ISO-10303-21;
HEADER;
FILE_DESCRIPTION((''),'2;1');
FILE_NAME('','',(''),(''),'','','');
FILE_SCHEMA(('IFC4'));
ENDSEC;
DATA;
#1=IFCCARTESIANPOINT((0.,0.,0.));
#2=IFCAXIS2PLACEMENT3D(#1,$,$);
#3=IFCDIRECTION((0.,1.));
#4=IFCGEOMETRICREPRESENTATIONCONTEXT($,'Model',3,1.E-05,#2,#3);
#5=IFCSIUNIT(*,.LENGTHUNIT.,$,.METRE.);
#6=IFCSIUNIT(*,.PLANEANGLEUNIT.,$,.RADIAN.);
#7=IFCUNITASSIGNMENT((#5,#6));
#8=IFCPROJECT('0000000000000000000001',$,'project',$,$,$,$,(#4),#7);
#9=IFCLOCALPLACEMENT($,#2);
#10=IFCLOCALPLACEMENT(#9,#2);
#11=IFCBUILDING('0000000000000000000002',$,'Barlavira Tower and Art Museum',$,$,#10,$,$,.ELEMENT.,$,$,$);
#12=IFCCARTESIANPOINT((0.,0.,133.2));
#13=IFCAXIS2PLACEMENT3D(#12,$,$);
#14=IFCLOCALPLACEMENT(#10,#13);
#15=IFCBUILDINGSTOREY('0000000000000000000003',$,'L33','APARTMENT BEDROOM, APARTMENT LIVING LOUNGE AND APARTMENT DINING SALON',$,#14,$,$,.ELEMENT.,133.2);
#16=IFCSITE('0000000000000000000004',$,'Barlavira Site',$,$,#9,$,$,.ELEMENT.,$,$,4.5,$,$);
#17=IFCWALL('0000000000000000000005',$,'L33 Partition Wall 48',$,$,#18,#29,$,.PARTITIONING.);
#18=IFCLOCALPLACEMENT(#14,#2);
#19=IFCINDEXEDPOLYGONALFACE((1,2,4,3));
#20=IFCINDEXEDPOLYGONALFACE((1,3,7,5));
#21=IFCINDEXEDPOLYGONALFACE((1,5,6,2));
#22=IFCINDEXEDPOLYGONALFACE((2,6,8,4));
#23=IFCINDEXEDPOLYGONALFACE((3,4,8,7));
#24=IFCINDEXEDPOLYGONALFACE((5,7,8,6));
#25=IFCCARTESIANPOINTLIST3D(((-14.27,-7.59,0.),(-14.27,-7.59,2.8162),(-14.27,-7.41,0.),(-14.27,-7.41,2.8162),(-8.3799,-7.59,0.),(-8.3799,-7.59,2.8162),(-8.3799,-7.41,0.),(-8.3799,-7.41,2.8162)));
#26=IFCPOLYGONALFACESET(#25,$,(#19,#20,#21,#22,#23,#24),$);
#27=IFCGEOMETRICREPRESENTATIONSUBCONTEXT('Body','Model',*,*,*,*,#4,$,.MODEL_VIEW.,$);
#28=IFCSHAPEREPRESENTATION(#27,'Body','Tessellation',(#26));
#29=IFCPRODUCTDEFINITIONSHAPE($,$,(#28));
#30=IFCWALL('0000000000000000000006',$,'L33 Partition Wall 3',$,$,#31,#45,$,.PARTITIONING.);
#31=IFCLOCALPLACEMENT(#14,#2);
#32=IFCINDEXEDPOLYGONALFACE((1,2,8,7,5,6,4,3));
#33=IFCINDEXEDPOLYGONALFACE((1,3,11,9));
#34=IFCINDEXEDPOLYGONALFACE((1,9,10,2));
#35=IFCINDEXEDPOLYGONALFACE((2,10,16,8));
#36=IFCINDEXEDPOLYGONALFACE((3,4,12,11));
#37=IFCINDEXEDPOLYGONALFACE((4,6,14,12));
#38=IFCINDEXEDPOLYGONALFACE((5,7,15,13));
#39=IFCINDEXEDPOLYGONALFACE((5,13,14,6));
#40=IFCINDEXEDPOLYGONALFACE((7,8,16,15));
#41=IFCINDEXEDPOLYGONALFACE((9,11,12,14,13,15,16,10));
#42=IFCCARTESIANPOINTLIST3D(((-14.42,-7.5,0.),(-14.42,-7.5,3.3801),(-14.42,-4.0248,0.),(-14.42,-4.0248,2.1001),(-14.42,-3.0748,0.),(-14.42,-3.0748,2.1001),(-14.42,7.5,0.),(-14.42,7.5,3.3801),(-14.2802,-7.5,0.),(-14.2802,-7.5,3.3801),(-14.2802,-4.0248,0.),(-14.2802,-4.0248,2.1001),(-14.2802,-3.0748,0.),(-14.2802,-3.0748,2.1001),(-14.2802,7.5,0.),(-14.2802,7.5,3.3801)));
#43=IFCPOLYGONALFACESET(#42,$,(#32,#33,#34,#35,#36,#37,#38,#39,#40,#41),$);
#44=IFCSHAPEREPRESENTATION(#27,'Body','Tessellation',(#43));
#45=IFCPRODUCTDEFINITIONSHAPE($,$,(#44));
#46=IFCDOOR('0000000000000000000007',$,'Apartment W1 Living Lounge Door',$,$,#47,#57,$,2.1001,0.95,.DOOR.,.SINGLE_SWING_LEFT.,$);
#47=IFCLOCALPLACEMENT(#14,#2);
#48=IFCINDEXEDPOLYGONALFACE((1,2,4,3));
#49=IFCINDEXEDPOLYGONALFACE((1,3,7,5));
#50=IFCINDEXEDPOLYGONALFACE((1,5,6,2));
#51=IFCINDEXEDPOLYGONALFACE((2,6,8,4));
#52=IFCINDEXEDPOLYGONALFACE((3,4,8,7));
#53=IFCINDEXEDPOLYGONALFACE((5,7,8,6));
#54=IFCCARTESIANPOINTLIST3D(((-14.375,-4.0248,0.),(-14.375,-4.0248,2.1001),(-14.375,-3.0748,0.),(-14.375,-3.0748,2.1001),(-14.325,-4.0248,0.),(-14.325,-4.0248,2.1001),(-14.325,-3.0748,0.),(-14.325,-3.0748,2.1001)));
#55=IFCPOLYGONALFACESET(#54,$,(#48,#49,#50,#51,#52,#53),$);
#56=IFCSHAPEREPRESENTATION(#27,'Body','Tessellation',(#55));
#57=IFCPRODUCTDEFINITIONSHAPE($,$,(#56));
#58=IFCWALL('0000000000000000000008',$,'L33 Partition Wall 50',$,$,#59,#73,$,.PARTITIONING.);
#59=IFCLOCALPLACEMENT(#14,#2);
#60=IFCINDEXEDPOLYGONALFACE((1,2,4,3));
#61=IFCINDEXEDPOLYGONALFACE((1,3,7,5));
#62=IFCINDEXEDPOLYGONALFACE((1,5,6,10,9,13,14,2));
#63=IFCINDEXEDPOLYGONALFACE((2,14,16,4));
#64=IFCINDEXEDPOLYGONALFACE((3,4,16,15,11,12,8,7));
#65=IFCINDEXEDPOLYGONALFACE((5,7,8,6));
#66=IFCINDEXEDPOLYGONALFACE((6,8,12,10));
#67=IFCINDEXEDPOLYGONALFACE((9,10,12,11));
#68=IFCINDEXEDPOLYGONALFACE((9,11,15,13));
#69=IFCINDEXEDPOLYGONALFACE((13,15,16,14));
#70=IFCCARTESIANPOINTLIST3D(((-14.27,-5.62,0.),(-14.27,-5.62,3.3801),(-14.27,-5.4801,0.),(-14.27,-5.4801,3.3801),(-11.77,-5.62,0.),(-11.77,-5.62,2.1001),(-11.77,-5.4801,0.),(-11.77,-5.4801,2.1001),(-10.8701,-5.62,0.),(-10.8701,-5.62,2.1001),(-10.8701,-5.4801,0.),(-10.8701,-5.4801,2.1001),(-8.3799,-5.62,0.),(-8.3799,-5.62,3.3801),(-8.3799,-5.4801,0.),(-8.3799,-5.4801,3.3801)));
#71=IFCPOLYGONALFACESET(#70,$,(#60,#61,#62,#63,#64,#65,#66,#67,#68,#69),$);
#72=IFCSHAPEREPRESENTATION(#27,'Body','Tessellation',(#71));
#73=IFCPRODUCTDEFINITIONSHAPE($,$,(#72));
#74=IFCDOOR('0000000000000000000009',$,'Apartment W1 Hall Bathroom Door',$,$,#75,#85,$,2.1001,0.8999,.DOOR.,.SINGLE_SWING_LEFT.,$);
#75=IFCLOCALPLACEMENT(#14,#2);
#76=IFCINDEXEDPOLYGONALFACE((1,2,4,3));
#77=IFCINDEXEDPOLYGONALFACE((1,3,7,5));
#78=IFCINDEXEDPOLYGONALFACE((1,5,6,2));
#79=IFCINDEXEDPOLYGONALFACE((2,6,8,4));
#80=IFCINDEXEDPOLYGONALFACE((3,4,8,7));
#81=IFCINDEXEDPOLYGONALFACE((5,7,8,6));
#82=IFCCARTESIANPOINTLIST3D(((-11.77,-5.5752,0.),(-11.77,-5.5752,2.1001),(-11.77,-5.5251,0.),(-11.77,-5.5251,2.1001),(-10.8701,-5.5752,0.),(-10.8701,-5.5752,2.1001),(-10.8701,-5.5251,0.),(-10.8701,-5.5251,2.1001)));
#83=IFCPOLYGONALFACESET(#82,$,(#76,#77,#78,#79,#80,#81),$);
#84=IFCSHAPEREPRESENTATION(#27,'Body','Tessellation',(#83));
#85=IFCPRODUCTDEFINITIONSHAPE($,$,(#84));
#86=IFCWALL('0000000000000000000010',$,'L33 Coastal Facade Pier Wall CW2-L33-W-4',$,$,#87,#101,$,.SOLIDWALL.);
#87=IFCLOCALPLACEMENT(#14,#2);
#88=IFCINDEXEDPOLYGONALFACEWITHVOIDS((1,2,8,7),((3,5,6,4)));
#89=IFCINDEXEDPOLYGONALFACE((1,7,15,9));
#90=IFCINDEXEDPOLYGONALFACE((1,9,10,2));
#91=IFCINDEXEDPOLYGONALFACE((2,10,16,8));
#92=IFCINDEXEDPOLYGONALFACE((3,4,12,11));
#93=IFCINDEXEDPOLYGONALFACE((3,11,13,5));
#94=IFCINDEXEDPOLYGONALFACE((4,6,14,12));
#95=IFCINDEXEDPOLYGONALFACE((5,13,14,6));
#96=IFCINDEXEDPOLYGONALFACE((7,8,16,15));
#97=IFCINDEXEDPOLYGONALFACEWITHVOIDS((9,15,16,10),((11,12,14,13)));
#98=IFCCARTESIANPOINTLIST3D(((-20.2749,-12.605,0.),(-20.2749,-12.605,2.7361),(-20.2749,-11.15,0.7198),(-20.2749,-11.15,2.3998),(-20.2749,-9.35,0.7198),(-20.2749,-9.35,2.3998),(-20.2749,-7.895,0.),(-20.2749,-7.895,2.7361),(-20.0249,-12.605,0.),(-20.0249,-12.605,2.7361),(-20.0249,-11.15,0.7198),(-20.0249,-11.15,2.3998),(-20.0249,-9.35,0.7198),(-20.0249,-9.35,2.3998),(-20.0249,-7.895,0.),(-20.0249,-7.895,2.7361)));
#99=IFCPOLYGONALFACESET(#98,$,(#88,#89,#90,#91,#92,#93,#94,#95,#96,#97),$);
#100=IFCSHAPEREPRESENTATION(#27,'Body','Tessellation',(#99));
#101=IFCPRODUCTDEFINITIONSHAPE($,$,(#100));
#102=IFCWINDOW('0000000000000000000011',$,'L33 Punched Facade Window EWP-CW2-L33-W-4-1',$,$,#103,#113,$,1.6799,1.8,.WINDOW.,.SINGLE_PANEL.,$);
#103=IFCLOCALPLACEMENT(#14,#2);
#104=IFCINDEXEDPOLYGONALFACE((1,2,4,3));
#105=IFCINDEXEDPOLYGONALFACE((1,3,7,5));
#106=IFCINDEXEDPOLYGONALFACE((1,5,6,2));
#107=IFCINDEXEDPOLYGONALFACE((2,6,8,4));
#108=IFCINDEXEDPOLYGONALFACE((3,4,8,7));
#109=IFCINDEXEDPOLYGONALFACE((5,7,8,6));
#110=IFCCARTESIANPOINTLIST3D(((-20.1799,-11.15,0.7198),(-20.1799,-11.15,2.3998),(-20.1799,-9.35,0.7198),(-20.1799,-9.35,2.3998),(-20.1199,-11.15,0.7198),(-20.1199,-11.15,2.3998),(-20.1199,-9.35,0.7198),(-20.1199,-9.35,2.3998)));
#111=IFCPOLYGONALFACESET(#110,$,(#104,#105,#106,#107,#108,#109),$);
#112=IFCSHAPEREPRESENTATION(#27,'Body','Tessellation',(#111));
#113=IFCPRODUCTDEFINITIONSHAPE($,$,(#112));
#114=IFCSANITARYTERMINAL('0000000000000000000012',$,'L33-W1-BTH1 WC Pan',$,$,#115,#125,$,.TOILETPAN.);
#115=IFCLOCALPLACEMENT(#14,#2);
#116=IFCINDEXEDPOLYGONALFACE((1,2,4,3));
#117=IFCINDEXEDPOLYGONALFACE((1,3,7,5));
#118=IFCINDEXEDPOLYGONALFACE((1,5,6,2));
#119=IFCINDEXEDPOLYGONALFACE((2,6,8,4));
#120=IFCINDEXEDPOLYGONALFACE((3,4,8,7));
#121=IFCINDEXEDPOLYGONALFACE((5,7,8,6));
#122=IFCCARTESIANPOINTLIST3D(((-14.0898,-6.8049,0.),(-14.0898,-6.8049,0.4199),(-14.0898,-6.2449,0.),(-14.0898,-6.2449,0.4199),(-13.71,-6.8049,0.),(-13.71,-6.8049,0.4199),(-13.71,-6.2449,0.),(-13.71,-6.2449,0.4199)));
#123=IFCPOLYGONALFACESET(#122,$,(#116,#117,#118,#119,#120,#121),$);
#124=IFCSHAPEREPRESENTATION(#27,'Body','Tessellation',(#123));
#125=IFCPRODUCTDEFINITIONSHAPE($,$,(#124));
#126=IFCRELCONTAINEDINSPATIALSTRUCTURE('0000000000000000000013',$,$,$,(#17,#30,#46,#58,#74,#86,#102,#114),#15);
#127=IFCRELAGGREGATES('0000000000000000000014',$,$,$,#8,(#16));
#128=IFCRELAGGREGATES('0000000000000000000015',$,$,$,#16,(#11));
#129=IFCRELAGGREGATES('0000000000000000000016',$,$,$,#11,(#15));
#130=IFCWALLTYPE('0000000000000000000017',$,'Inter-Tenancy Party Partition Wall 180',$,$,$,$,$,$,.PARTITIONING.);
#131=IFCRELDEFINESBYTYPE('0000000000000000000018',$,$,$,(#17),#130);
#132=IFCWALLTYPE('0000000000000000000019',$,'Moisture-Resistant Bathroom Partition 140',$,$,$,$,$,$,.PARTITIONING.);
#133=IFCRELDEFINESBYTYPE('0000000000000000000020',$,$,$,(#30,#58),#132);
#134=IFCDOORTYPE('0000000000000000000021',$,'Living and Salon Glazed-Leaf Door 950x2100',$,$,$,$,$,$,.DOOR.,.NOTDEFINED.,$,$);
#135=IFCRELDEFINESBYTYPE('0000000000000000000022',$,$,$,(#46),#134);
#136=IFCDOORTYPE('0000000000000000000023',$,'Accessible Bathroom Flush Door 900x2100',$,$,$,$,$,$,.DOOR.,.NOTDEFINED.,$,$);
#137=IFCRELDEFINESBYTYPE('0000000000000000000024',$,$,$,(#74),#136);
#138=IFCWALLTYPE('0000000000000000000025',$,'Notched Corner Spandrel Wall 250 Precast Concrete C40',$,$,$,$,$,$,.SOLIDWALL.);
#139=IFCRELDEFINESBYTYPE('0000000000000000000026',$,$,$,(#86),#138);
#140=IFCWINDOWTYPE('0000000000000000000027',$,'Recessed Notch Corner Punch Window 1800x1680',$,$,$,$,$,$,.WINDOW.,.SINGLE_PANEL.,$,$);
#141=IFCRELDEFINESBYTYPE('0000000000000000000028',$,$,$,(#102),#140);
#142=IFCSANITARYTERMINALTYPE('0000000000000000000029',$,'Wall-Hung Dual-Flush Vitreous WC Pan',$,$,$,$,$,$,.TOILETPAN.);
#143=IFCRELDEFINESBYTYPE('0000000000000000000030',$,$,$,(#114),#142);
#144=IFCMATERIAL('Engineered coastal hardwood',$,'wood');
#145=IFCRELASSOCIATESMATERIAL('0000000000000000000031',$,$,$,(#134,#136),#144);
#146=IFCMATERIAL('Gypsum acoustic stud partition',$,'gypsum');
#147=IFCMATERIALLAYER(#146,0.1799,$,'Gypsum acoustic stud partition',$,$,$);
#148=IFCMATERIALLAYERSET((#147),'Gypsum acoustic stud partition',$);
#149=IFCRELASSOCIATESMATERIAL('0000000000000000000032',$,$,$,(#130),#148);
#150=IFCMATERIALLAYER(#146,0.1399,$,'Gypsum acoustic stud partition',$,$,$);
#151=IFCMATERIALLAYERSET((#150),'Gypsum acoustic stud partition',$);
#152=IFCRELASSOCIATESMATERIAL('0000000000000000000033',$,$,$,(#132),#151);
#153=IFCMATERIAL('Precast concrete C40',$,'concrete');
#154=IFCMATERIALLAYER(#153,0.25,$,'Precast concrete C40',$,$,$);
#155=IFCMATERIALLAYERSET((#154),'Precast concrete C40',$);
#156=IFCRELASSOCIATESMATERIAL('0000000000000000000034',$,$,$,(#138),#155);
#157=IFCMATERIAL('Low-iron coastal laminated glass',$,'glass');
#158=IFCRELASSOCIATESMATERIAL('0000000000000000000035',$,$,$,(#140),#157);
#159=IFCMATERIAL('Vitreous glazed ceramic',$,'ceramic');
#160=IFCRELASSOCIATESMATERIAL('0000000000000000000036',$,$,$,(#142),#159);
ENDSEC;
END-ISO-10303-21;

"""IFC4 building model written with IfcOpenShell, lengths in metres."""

from ifc_helpers import new_model, si_unit, direction, frame, frame_2d, origin, origin_2d, place, context, subcontext, project, spatial, rectangle, extrude, material, layer, layer_set, type_object, element, fill, save


model = new_model("IFC4")

# Units and contexts
model_context = context("Model", 3, precision=1e-05, world=origin(), true_north=direction((0.0, 1.0)))
body_context = subcontext(model_context, "Body", "Model", "MODEL_VIEW")
ifc_project = project(units=[si_unit("LENGTHUNIT", "METRE"), si_unit("PLANEANGLEUNIT", "RADIAN")], contexts=[model_context])

# Site, building, storey
site_placement = place(None, origin())
site = spatial("IfcSite", under=ifc_project, at=site_placement, Name="Barlavira Site", CompositionType="ELEMENT", RefElevation=4.5)
building_placement = place(site_placement, origin())
building = spatial("IfcBuilding", under=site, at=building_placement, Name="Barlavira Tower and Art Museum", CompositionType="ELEMENT")
storey_placement = place(building_placement, frame((0.0, 0.0, 133.2)))
storey = spatial("IfcBuildingStorey", under=building, at=storey_placement, Name="L33", Description="APARTMENT BEDROOM, APARTMENT LIVING LOUNGE AND APARTMENT DINING SALON", CompositionType="ELEMENT", Elevation=133.2)

# Shared definitions
ifc_material_1 = material(Name="Low-iron coastal laminated glass", Category="glass")

# Shared definitions
ifc_material_2 = material(Name="Gypsum acoustic stud partition", Category="gypsum")
ifc_material_3 = material(Name="Engineered coastal hardwood", Category="wood")
door_type_1 = type_object("IfcDoorType", Name="Living and Salon Glazed-Leaf Door 950x2100", OperationType="NOTDEFINED", PredefinedType="DOOR", material=ifc_material_3)
ifc_layer_1 = layer(ifc_material_2, 0.1799, Name="Gypsum acoustic stud partition")
ifc_layer_set_1 = layer_set([ifc_layer_1], Name="Gypsum acoustic stud partition")
wall_type_1 = type_object("IfcWallType", Name="Inter-Tenancy Party Partition Wall 180", PredefinedType="PARTITIONING", material=ifc_layer_set_1)

# Wall
wall_1_placement = place(storey_placement, frame((-14.27, -7.5, 0.0), z_axis=(0.0, 0.0, 1.0), x_axis=(1.0, 0.0, 0.0)))
element("IfcWall", 1, at=wall_1_placement, inside=storey, type_object=wall_type_1, Name="L33 Partition Wall 48", PredefinedType="PARTITIONING", context=body_context, shape_type="SweptSolid", body=[
    extrude(rectangle(XDim=5.8901, YDim=0.1799, at=frame_2d((2.9451, 0.0))), origin(), (0.0, 0.0, 1.0), 2.8162),
])

# Walls, openings, doors
ifc_layer_2 = layer(ifc_material_2, 0.1399, Name="Gypsum acoustic stud partition")
ifc_layer_set_2 = layer_set([ifc_layer_2], Name="Gypsum acoustic stud partition")
wall_type_2 = type_object("IfcWallType", Name="Moisture-Resistant Bathroom Partition 140", PredefinedType="PARTITIONING", material=ifc_layer_set_2)
wall_2_placement = place(storey_placement, frame((-14.3501, -7.5, 0.0), z_axis=(0.0, 0.0, 1.0), x_axis=(0.0, 1.0, 0.0)))
wall_2 = element("IfcWall", 2, at=wall_2_placement, inside=storey, type_object=wall_type_2, Name="L33 Partition Wall 3", PredefinedType="PARTITIONING", context=body_context, shape_type="SweptSolid", body=[
    extrude(rectangle(XDim=15.0, YDim=0.1399, at=frame_2d((7.5, 0.0))), origin(), (0.0, 0.0, 1.0), 3.3801),
])
opening_1_placement = place(wall_2_placement, frame((3.4751, 0.0, 0.0)))
opening_1 = element("IfcOpeningElement", 3, at=opening_1_placement, cuts=wall_2, PredefinedType="OPENING", context=body_context, shape_type="SweptSolid", body=[
    extrude(rectangle(XDim=0.95, YDim=2.1001, at=frame_2d((0.4751, 1.05))), frame((0.0, 0.0801, 0.0), z_axis=(0.0, -1.0, 0.0), x_axis=(1.0, 0.0, 0.0)), (0.0, 0.0, 1.0), 0.1599),
])
door_1_placement = place(opening_1_placement, origin())
door_1 = element("IfcDoor", 4, at=door_1_placement, inside=storey, type_object=door_type_1, Name="Apartment W1 Living Lounge Door", OperationType="SINGLE_SWING_LEFT", OverallHeight=2.1001, OverallWidth=0.95, PredefinedType="DOOR", context=body_context, shape_type="SweptSolid", body=[
    extrude(rectangle(XDim=0.95, YDim=2.1001, at=frame_2d((0.4751, 1.05))), frame((0.0, 0.0249, 0.0), z_axis=(0.0, -1.0, 0.0), x_axis=(1.0, 0.0, 0.0)), (0.0, 0.0, 1.0), 0.05),
])
fill(opening_1, door_1)
wall_3_placement = place(storey_placement, frame((-14.27, -5.55, 0.0), z_axis=(0.0, 0.0, 1.0), x_axis=(1.0, 0.0, 0.0)))
wall_3 = element("IfcWall", 5, at=wall_3_placement, inside=storey, type_object=wall_type_2, Name="L33 Partition Wall 50", PredefinedType="PARTITIONING", context=body_context, shape_type="SweptSolid", body=[
    extrude(rectangle(XDim=5.8901, YDim=0.1399, at=frame_2d((2.9451, 0.0))), origin(), (0.0, 0.0, 1.0), 3.3801),
])
opening_2_placement = place(wall_3_placement, frame((2.5, 0.0, 0.0)))
opening_2 = element("IfcOpeningElement", 6, at=opening_2_placement, cuts=wall_3, PredefinedType="OPENING", context=body_context, shape_type="SweptSolid", body=[
    extrude(rectangle(XDim=0.8999, YDim=2.1001, at=frame_2d((0.45, 1.05))), frame((0.0, 0.0801, 0.0), z_axis=(0.0, -1.0, 0.0), x_axis=(1.0, 0.0, 0.0)), (0.0, 0.0, 1.0), 0.1599),
])
door_type_2 = type_object("IfcDoorType", Name="Accessible Bathroom Flush Door 900x2100", OperationType="NOTDEFINED", PredefinedType="DOOR", material=ifc_material_3)
door_2_placement = place(opening_2_placement, origin())
door_2 = element("IfcDoor", 7, at=door_2_placement, inside=storey, type_object=door_type_2, Name="Apartment W1 Hall Bathroom Door", OperationType="SINGLE_SWING_LEFT", OverallHeight=2.1001, OverallWidth=0.8999, PredefinedType="DOOR", context=body_context, shape_type="SweptSolid", body=[
    extrude(rectangle(XDim=0.8999, YDim=2.1001, at=frame_2d((0.45, 1.05))), frame((0.0, 0.0249, 0.0), z_axis=(0.0, -1.0, 0.0), x_axis=(1.0, 0.0, 0.0)), (0.0, 0.0, 1.0), 0.05),
])
fill(opening_2, door_2)

# Wall, opening, window
ifc_material_4 = material(Name="Precast concrete C40", Category="concrete")
ifc_layer_3 = layer(ifc_material_4, 0.25, Name="Precast concrete C40")
ifc_layer_set_3 = layer_set([ifc_layer_3], Name="Precast concrete C40")
wall_type_3 = type_object("IfcWallType", Name="Notched Corner Spandrel Wall 250 Precast Concrete C40", PredefinedType="SOLIDWALL", material=ifc_layer_set_3)
wall_4_placement = place(storey_placement, frame((-20.1499, -7.895, 0.0), z_axis=(0.0, 0.0, 1.0), x_axis=(0.0, -1.0, 0.0)))
wall_4 = element("IfcWall", 8, at=wall_4_placement, inside=storey, type_object=wall_type_3, Name="L33 Coastal Facade Pier Wall CW2-L33-W-4", PredefinedType="SOLIDWALL", context=body_context, shape_type="SweptSolid", body=[
    extrude(rectangle(XDim=4.71, YDim=0.25, at=frame_2d((2.355, 0.0))), origin(), (0.0, 0.0, 1.0), 2.7361),
])
opening_3_placement = place(wall_4_placement, frame((1.4551, 0.0, 0.72)))
opening_3 = element("IfcOpeningElement", 9, at=opening_3_placement, cuts=wall_4, PredefinedType="OPENING", context=body_context, shape_type="SweptSolid", body=[
    extrude(rectangle(XDim=1.8, YDim=1.6799, at=frame_2d((0.8999, 0.8398))), frame((0.0, 0.135, 0.0), z_axis=(0.0, -1.0, 0.0), x_axis=(1.0, 0.0, 0.0)), (0.0, 0.0, 1.0), 0.27),
])
window_type = type_object("IfcWindowType", Name="Recessed Notch Corner Punch Window 1800x1680", PartitioningType="SINGLE_PANEL", PredefinedType="WINDOW", material=ifc_material_1)
window_placement = place(opening_3_placement, origin())
window = element("IfcWindow", 10, at=window_placement, inside=storey, type_object=window_type, Name="L33 Punched Facade Window EWP-CW2-L33-W-4-1", OverallHeight=1.6799, OverallWidth=1.8, PartitioningType="SINGLE_PANEL", PredefinedType="WINDOW", context=body_context, shape_type="SweptSolid", body=[
    extrude(rectangle(XDim=1.8, YDim=1.6799, at=frame_2d((0.8999, 0.8398))), frame((0.0, 0.03, 0.0), z_axis=(0.0, -1.0, 0.0), x_axis=(1.0, 0.0, 0.0)), (0.0, 0.0, 1.0), 0.0601),
])
fill(opening_3, window)

# Sanitary terminal
ifc_material_5 = material(Name="Vitreous glazed ceramic", Category="ceramic")
sanitary_terminal_type = type_object("IfcSanitaryTerminalType", Name="Wall-Hung Dual-Flush Vitreous WC Pan", PredefinedType="TOILETPAN", material=ifc_material_5)
sanitary_terminal_placement = place(storey_placement, frame((-13.8999, -6.5249, 0.0), z_axis=(0.0, 0.0, 1.0), x_axis=(1.0, 0.0, 0.0)))
element("IfcSanitaryTerminal", 11, at=sanitary_terminal_placement, inside=storey, type_object=sanitary_terminal_type, Name="L33-W1-BTH1 WC Pan", PredefinedType="TOILETPAN", context=body_context, shape_type="SweptSolid", body=[
    extrude(rectangle(XDim=0.3799, YDim=0.5601, at=origin_2d()), origin(), (0.0, 0.0, 1.0), 0.4199),
])

save(model, "model.ifc")
